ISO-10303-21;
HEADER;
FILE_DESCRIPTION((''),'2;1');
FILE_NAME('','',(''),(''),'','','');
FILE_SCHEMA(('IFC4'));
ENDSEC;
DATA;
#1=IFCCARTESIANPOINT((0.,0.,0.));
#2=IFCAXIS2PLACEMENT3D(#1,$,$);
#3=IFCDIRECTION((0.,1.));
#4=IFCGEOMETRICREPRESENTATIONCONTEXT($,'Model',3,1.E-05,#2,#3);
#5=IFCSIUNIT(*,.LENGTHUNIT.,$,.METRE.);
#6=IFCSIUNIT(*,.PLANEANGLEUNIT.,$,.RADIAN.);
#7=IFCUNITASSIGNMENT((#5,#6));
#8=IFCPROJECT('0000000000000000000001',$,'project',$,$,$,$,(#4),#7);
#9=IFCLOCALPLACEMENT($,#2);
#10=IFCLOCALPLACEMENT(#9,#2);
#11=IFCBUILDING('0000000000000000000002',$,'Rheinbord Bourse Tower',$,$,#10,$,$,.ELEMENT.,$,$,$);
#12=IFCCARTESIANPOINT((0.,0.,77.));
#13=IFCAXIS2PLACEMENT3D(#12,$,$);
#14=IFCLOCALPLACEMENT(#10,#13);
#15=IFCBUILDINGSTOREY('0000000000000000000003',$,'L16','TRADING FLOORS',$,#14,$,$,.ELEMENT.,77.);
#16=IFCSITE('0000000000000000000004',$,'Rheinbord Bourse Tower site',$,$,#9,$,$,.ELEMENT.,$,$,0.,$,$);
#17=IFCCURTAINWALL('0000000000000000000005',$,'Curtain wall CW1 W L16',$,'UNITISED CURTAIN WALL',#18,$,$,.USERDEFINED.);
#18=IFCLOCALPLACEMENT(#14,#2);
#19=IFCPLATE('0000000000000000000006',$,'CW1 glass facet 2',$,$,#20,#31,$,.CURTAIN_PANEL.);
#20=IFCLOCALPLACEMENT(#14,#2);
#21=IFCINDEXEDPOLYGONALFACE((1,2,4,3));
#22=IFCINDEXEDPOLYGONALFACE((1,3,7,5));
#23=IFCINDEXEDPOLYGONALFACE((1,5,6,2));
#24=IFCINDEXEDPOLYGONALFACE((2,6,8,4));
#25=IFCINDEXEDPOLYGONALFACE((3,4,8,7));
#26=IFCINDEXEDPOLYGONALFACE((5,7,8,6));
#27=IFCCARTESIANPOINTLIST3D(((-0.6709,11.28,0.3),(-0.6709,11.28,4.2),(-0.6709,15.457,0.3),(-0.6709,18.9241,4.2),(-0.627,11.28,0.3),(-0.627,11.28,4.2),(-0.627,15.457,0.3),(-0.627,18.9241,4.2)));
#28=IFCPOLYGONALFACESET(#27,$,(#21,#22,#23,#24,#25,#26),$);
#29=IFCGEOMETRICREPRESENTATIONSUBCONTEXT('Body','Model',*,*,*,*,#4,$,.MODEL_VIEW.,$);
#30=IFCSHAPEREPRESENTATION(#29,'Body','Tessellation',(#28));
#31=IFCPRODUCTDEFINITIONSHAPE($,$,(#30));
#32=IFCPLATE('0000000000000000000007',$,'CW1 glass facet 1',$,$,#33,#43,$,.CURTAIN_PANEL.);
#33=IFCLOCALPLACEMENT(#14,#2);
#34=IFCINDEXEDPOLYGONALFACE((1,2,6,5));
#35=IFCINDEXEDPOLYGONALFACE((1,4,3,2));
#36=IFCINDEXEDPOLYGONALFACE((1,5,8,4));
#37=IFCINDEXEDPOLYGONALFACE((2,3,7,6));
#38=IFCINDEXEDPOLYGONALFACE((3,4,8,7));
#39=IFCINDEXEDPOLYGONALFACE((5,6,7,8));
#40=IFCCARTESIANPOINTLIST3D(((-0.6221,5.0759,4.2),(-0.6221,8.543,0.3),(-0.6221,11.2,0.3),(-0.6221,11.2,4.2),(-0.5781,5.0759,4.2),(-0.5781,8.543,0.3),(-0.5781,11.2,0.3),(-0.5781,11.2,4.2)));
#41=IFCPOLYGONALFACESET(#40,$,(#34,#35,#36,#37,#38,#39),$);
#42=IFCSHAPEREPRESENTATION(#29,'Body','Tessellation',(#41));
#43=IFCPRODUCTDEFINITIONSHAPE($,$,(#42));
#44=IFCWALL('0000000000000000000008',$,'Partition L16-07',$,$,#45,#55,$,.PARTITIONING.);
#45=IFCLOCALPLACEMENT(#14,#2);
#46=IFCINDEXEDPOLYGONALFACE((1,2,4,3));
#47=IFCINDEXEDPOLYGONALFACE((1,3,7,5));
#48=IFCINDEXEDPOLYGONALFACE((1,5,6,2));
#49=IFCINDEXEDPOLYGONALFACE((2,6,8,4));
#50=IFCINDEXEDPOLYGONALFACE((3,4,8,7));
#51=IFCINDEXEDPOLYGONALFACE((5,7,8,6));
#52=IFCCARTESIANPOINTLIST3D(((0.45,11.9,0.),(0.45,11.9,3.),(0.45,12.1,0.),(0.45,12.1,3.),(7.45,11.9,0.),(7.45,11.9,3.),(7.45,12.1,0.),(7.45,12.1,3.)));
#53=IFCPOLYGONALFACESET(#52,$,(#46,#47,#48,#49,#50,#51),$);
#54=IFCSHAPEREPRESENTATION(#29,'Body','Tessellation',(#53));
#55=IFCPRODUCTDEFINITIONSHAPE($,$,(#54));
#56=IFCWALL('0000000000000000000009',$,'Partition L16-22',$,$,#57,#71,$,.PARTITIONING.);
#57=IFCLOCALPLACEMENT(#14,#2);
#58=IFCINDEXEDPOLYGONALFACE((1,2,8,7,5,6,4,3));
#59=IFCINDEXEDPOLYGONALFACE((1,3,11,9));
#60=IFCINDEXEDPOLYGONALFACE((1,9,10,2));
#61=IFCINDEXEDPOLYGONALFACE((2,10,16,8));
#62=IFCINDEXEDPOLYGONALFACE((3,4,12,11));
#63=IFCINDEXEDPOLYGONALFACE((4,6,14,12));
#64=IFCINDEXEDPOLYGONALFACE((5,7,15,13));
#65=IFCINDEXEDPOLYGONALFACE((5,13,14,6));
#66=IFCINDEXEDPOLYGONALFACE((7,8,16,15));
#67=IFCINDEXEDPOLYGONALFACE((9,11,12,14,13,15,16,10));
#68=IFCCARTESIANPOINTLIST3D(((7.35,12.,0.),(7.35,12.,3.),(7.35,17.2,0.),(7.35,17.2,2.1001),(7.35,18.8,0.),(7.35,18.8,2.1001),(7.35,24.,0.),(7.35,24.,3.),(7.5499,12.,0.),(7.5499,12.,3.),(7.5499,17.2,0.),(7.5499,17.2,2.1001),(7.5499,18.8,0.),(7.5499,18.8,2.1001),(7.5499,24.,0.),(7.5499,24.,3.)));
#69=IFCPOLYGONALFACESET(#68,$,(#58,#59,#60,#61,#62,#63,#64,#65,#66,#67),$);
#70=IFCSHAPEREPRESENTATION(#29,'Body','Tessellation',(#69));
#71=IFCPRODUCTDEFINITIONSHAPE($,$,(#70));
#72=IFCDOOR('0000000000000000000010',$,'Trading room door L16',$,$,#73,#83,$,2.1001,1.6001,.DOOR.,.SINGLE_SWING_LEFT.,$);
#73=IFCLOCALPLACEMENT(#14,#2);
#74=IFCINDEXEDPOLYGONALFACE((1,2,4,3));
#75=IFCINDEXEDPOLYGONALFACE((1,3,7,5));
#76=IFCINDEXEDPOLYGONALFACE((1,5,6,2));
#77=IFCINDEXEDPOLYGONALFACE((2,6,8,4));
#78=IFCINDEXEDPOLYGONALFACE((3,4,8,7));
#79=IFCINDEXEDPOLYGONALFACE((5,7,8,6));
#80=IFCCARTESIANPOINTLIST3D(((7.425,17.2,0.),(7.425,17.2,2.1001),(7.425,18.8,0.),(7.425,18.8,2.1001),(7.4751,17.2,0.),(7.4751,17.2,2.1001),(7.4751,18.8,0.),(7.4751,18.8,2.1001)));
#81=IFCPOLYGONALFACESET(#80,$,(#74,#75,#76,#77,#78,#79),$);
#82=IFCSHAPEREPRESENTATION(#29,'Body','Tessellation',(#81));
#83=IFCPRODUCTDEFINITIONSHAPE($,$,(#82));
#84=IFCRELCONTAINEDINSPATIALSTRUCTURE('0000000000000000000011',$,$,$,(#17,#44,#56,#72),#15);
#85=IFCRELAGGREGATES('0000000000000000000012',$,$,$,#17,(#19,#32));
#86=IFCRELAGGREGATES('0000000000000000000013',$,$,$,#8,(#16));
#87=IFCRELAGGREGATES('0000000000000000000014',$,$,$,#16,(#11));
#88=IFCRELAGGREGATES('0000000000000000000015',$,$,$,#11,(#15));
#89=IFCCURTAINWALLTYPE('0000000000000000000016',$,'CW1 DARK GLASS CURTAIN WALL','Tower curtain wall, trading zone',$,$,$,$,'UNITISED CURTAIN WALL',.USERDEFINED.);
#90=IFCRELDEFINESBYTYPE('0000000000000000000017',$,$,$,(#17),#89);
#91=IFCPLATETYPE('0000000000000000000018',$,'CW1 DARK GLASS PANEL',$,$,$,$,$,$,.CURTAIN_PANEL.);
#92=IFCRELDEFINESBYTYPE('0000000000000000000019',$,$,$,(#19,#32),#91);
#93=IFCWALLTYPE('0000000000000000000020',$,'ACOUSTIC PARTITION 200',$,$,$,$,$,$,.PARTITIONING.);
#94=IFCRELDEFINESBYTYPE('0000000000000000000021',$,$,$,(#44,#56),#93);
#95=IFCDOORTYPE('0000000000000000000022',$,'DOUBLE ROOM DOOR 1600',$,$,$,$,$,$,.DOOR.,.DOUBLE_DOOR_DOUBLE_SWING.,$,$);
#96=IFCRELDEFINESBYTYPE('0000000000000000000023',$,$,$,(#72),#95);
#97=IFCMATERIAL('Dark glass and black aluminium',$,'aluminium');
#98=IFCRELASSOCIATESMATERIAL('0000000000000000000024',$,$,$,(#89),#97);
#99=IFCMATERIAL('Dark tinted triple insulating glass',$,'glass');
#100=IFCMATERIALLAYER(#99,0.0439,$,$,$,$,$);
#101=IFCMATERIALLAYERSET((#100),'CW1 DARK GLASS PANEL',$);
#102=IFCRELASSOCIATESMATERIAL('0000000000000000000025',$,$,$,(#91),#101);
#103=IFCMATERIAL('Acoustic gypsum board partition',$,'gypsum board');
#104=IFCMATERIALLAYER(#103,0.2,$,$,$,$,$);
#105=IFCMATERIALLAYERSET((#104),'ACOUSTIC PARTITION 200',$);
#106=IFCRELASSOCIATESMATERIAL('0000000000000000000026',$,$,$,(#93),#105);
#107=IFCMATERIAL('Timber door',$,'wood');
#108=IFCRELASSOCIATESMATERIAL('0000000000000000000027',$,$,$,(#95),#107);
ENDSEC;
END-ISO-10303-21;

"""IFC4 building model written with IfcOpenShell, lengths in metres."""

from ifc_helpers import new_model, si_unit, direction, frame, frame_2d, origin, place, context, subcontext, project, spatial, polyline, rectangle, outline, extrude, material, layer, layer_set, type_object, element, fill, aggregate, save


model = new_model("IFC4")

# Units and contexts
model_context = context("Model", 3, precision=1e-05, world=origin(), true_north=direction((0.0, 1.0)))
body_context = subcontext(model_context, "Body", "Model", "MODEL_VIEW")
ifc_project = project(units=[si_unit("LENGTHUNIT", "METRE"), si_unit("PLANEANGLEUNIT", "RADIAN")], contexts=[model_context])

# Site, building, storey
site_placement = place(None, origin())
site = spatial("IfcSite", under=ifc_project, at=site_placement, Name="Rheinbord Bourse Tower site", CompositionType="ELEMENT", RefElevation=0.0)
building_placement = place(site_placement, origin())
building = spatial("IfcBuilding", under=site, at=building_placement, Name="Rheinbord Bourse Tower", CompositionType="ELEMENT")
storey_placement = place(building_placement, frame((0.0, 0.0, 77.0)))
storey = spatial("IfcBuildingStorey", under=building, at=storey_placement, Name="L16", Description="TRADING FLOORS", CompositionType="ELEMENT", Elevation=77.0)

# Curtain wall
ifc_material_1 = material(Name="Dark glass and black aluminium", Category="aluminium")
curtain_wall_type = type_object("IfcCurtainWallType", Name="CW1 DARK GLASS CURTAIN WALL", Description="Tower curtain wall, trading zone", ElementType="UNITISED CURTAIN WALL", PredefinedType="USERDEFINED", material=ifc_material_1)
curtain_wall_placement = place(storey_placement, origin())
curtain_wall = element("IfcCurtainWall", 1, at=curtain_wall_placement, inside=storey, type_object=curtain_wall_type, Name="Curtain wall CW1 W L16", ObjectType="UNITISED CURTAIN WALL", PredefinedType="USERDEFINED")

# Plates
ifc_material_2 = material(Name="Dark tinted triple insulating glass", Category="glass")
ifc_layer_1 = layer(ifc_material_2, 0.0439)
ifc_layer_set_1 = layer_set([ifc_layer_1], Name="CW1 DARK GLASS PANEL")
plate_type = type_object("IfcPlateType", Name="CW1 DARK GLASS PANEL", PredefinedType="CURTAIN_PANEL", material=ifc_layer_set_1)
plate_1_placement = place(storey_placement, frame((-0.6709, 11.28, 4.2), z_axis=(1.0, 0.0, 0.0), x_axis=(0.0, 0.0, -1.0)))
plate_1 = element("IfcPlate", 2, at=plate_1_placement, type_object=plate_type, Name="CW1 glass facet 2", PredefinedType="CURTAIN_PANEL", context=body_context, shape_type="SweptSolid", body=[
    extrude(outline(polyline([(0.0, 0.0), (3.8999, 0.0), (3.8999, 4.177), (0.0, 7.644), (0.0, 0.0)])), origin(), (0.0, 0.0, 1.0), 0.0439),
])
plate_2_placement = place(storey_placement, frame((-0.6221, 11.2, 0.3), z_axis=(1.0, 0.0, 0.0), x_axis=(0.0, 0.0, 1.0)))
plate_2 = element("IfcPlate", 3, at=plate_2_placement, type_object=plate_type, Name="CW1 glass facet 1", PredefinedType="CURTAIN_PANEL", context=body_context, shape_type="SweptSolid", body=[
    extrude(outline(polyline([(0.0, 0.0), (3.8999, 0.0), (3.8999, 6.124), (0.0, 2.657), (0.0, 0.0)])), origin(), (0.0, 0.0, 1.0), 0.0439),
])
aggregate(curtain_wall, [plate_1, plate_2])

# Wall
ifc_material_3 = material(Name="Acoustic gypsum board partition", Category="gypsum board")
ifc_layer_2 = layer(ifc_material_3, 0.2)
ifc_layer_set_2 = layer_set([ifc_layer_2], Name="ACOUSTIC PARTITION 200")
wall_type = type_object("IfcWallType", Name="ACOUSTIC PARTITION 200", PredefinedType="PARTITIONING", material=ifc_layer_set_2)
wall_1_placement = place(storey_placement, frame((0.45, 12.0, 0.0), z_axis=(0.0, 0.0, 1.0), x_axis=(1.0, 0.0, 0.0)))
element("IfcWall", 4, at=wall_1_placement, inside=storey, type_object=wall_type, Name="Partition L16-07", PredefinedType="PARTITIONING", context=body_context, shape_type="SweptSolid", body=[
    extrude(rectangle(XDim=7.0, YDim=0.2, at=frame_2d((3.5, 0.0))), origin(), (0.0, 0.0, 1.0), 3.0),
])

# Wall, opening, door
wall_2_placement = place(storey_placement, frame((7.45, 12.0, 0.0), z_axis=(0.0, 0.0, 1.0), x_axis=(0.0, 1.0, 0.0)))
wall_2 = element("IfcWall", 5, at=wall_2_placement, inside=storey, type_object=wall_type, Name="Partition L16-22", PredefinedType="PARTITIONING", context=body_context, shape_type="SweptSolid", body=[
    extrude(rectangle(XDim=12.0, YDim=0.2, at=frame_2d((6.0, 0.0))), origin(), (0.0, 0.0, 1.0), 3.0),
])
opening_placement = place(wall_2_placement, frame((5.2, 0.0, 0.0)))
opening = element("IfcOpeningElement", 6, at=opening_placement, cuts=wall_2, PredefinedType="OPENING", context=body_context, shape_type="SweptSolid", body=[
    extrude(rectangle(XDim=1.6001, YDim=2.1001, at=frame_2d((0.8, 1.05))), frame((0.0, 0.1099, 0.0), z_axis=(0.0, -1.0, 0.0), x_axis=(1.0, 0.0, 0.0)), (0.0, 0.0, 1.0), 0.22),
])
ifc_material_4 = material(Name="Timber door", Category="wood")
door_type = type_object("IfcDoorType", Name="DOUBLE ROOM DOOR 1600", OperationType="DOUBLE_DOOR_DOUBLE_SWING", PredefinedType="DOOR", material=ifc_material_4)
door_placement = place(opening_placement, origin())
door = element("IfcDoor", 7, at=door_placement, inside=storey, type_object=door_type, Name="Trading room door L16", OperationType="SINGLE_SWING_LEFT", OverallHeight=2.1001, OverallWidth=1.6001, PredefinedType="DOOR", context=body_context, shape_type="SweptSolid", body=[
    extrude(rectangle(XDim=1.6001, YDim=2.1001, at=frame_2d((0.8, 1.05))), frame((0.0, 0.0249, 0.0), z_axis=(0.0, -1.0, 0.0), x_axis=(1.0, 0.0, 0.0)), (0.0, 0.0, 1.0), 0.05),
])
fill(opening, door)

save(model, "model.ifc")
